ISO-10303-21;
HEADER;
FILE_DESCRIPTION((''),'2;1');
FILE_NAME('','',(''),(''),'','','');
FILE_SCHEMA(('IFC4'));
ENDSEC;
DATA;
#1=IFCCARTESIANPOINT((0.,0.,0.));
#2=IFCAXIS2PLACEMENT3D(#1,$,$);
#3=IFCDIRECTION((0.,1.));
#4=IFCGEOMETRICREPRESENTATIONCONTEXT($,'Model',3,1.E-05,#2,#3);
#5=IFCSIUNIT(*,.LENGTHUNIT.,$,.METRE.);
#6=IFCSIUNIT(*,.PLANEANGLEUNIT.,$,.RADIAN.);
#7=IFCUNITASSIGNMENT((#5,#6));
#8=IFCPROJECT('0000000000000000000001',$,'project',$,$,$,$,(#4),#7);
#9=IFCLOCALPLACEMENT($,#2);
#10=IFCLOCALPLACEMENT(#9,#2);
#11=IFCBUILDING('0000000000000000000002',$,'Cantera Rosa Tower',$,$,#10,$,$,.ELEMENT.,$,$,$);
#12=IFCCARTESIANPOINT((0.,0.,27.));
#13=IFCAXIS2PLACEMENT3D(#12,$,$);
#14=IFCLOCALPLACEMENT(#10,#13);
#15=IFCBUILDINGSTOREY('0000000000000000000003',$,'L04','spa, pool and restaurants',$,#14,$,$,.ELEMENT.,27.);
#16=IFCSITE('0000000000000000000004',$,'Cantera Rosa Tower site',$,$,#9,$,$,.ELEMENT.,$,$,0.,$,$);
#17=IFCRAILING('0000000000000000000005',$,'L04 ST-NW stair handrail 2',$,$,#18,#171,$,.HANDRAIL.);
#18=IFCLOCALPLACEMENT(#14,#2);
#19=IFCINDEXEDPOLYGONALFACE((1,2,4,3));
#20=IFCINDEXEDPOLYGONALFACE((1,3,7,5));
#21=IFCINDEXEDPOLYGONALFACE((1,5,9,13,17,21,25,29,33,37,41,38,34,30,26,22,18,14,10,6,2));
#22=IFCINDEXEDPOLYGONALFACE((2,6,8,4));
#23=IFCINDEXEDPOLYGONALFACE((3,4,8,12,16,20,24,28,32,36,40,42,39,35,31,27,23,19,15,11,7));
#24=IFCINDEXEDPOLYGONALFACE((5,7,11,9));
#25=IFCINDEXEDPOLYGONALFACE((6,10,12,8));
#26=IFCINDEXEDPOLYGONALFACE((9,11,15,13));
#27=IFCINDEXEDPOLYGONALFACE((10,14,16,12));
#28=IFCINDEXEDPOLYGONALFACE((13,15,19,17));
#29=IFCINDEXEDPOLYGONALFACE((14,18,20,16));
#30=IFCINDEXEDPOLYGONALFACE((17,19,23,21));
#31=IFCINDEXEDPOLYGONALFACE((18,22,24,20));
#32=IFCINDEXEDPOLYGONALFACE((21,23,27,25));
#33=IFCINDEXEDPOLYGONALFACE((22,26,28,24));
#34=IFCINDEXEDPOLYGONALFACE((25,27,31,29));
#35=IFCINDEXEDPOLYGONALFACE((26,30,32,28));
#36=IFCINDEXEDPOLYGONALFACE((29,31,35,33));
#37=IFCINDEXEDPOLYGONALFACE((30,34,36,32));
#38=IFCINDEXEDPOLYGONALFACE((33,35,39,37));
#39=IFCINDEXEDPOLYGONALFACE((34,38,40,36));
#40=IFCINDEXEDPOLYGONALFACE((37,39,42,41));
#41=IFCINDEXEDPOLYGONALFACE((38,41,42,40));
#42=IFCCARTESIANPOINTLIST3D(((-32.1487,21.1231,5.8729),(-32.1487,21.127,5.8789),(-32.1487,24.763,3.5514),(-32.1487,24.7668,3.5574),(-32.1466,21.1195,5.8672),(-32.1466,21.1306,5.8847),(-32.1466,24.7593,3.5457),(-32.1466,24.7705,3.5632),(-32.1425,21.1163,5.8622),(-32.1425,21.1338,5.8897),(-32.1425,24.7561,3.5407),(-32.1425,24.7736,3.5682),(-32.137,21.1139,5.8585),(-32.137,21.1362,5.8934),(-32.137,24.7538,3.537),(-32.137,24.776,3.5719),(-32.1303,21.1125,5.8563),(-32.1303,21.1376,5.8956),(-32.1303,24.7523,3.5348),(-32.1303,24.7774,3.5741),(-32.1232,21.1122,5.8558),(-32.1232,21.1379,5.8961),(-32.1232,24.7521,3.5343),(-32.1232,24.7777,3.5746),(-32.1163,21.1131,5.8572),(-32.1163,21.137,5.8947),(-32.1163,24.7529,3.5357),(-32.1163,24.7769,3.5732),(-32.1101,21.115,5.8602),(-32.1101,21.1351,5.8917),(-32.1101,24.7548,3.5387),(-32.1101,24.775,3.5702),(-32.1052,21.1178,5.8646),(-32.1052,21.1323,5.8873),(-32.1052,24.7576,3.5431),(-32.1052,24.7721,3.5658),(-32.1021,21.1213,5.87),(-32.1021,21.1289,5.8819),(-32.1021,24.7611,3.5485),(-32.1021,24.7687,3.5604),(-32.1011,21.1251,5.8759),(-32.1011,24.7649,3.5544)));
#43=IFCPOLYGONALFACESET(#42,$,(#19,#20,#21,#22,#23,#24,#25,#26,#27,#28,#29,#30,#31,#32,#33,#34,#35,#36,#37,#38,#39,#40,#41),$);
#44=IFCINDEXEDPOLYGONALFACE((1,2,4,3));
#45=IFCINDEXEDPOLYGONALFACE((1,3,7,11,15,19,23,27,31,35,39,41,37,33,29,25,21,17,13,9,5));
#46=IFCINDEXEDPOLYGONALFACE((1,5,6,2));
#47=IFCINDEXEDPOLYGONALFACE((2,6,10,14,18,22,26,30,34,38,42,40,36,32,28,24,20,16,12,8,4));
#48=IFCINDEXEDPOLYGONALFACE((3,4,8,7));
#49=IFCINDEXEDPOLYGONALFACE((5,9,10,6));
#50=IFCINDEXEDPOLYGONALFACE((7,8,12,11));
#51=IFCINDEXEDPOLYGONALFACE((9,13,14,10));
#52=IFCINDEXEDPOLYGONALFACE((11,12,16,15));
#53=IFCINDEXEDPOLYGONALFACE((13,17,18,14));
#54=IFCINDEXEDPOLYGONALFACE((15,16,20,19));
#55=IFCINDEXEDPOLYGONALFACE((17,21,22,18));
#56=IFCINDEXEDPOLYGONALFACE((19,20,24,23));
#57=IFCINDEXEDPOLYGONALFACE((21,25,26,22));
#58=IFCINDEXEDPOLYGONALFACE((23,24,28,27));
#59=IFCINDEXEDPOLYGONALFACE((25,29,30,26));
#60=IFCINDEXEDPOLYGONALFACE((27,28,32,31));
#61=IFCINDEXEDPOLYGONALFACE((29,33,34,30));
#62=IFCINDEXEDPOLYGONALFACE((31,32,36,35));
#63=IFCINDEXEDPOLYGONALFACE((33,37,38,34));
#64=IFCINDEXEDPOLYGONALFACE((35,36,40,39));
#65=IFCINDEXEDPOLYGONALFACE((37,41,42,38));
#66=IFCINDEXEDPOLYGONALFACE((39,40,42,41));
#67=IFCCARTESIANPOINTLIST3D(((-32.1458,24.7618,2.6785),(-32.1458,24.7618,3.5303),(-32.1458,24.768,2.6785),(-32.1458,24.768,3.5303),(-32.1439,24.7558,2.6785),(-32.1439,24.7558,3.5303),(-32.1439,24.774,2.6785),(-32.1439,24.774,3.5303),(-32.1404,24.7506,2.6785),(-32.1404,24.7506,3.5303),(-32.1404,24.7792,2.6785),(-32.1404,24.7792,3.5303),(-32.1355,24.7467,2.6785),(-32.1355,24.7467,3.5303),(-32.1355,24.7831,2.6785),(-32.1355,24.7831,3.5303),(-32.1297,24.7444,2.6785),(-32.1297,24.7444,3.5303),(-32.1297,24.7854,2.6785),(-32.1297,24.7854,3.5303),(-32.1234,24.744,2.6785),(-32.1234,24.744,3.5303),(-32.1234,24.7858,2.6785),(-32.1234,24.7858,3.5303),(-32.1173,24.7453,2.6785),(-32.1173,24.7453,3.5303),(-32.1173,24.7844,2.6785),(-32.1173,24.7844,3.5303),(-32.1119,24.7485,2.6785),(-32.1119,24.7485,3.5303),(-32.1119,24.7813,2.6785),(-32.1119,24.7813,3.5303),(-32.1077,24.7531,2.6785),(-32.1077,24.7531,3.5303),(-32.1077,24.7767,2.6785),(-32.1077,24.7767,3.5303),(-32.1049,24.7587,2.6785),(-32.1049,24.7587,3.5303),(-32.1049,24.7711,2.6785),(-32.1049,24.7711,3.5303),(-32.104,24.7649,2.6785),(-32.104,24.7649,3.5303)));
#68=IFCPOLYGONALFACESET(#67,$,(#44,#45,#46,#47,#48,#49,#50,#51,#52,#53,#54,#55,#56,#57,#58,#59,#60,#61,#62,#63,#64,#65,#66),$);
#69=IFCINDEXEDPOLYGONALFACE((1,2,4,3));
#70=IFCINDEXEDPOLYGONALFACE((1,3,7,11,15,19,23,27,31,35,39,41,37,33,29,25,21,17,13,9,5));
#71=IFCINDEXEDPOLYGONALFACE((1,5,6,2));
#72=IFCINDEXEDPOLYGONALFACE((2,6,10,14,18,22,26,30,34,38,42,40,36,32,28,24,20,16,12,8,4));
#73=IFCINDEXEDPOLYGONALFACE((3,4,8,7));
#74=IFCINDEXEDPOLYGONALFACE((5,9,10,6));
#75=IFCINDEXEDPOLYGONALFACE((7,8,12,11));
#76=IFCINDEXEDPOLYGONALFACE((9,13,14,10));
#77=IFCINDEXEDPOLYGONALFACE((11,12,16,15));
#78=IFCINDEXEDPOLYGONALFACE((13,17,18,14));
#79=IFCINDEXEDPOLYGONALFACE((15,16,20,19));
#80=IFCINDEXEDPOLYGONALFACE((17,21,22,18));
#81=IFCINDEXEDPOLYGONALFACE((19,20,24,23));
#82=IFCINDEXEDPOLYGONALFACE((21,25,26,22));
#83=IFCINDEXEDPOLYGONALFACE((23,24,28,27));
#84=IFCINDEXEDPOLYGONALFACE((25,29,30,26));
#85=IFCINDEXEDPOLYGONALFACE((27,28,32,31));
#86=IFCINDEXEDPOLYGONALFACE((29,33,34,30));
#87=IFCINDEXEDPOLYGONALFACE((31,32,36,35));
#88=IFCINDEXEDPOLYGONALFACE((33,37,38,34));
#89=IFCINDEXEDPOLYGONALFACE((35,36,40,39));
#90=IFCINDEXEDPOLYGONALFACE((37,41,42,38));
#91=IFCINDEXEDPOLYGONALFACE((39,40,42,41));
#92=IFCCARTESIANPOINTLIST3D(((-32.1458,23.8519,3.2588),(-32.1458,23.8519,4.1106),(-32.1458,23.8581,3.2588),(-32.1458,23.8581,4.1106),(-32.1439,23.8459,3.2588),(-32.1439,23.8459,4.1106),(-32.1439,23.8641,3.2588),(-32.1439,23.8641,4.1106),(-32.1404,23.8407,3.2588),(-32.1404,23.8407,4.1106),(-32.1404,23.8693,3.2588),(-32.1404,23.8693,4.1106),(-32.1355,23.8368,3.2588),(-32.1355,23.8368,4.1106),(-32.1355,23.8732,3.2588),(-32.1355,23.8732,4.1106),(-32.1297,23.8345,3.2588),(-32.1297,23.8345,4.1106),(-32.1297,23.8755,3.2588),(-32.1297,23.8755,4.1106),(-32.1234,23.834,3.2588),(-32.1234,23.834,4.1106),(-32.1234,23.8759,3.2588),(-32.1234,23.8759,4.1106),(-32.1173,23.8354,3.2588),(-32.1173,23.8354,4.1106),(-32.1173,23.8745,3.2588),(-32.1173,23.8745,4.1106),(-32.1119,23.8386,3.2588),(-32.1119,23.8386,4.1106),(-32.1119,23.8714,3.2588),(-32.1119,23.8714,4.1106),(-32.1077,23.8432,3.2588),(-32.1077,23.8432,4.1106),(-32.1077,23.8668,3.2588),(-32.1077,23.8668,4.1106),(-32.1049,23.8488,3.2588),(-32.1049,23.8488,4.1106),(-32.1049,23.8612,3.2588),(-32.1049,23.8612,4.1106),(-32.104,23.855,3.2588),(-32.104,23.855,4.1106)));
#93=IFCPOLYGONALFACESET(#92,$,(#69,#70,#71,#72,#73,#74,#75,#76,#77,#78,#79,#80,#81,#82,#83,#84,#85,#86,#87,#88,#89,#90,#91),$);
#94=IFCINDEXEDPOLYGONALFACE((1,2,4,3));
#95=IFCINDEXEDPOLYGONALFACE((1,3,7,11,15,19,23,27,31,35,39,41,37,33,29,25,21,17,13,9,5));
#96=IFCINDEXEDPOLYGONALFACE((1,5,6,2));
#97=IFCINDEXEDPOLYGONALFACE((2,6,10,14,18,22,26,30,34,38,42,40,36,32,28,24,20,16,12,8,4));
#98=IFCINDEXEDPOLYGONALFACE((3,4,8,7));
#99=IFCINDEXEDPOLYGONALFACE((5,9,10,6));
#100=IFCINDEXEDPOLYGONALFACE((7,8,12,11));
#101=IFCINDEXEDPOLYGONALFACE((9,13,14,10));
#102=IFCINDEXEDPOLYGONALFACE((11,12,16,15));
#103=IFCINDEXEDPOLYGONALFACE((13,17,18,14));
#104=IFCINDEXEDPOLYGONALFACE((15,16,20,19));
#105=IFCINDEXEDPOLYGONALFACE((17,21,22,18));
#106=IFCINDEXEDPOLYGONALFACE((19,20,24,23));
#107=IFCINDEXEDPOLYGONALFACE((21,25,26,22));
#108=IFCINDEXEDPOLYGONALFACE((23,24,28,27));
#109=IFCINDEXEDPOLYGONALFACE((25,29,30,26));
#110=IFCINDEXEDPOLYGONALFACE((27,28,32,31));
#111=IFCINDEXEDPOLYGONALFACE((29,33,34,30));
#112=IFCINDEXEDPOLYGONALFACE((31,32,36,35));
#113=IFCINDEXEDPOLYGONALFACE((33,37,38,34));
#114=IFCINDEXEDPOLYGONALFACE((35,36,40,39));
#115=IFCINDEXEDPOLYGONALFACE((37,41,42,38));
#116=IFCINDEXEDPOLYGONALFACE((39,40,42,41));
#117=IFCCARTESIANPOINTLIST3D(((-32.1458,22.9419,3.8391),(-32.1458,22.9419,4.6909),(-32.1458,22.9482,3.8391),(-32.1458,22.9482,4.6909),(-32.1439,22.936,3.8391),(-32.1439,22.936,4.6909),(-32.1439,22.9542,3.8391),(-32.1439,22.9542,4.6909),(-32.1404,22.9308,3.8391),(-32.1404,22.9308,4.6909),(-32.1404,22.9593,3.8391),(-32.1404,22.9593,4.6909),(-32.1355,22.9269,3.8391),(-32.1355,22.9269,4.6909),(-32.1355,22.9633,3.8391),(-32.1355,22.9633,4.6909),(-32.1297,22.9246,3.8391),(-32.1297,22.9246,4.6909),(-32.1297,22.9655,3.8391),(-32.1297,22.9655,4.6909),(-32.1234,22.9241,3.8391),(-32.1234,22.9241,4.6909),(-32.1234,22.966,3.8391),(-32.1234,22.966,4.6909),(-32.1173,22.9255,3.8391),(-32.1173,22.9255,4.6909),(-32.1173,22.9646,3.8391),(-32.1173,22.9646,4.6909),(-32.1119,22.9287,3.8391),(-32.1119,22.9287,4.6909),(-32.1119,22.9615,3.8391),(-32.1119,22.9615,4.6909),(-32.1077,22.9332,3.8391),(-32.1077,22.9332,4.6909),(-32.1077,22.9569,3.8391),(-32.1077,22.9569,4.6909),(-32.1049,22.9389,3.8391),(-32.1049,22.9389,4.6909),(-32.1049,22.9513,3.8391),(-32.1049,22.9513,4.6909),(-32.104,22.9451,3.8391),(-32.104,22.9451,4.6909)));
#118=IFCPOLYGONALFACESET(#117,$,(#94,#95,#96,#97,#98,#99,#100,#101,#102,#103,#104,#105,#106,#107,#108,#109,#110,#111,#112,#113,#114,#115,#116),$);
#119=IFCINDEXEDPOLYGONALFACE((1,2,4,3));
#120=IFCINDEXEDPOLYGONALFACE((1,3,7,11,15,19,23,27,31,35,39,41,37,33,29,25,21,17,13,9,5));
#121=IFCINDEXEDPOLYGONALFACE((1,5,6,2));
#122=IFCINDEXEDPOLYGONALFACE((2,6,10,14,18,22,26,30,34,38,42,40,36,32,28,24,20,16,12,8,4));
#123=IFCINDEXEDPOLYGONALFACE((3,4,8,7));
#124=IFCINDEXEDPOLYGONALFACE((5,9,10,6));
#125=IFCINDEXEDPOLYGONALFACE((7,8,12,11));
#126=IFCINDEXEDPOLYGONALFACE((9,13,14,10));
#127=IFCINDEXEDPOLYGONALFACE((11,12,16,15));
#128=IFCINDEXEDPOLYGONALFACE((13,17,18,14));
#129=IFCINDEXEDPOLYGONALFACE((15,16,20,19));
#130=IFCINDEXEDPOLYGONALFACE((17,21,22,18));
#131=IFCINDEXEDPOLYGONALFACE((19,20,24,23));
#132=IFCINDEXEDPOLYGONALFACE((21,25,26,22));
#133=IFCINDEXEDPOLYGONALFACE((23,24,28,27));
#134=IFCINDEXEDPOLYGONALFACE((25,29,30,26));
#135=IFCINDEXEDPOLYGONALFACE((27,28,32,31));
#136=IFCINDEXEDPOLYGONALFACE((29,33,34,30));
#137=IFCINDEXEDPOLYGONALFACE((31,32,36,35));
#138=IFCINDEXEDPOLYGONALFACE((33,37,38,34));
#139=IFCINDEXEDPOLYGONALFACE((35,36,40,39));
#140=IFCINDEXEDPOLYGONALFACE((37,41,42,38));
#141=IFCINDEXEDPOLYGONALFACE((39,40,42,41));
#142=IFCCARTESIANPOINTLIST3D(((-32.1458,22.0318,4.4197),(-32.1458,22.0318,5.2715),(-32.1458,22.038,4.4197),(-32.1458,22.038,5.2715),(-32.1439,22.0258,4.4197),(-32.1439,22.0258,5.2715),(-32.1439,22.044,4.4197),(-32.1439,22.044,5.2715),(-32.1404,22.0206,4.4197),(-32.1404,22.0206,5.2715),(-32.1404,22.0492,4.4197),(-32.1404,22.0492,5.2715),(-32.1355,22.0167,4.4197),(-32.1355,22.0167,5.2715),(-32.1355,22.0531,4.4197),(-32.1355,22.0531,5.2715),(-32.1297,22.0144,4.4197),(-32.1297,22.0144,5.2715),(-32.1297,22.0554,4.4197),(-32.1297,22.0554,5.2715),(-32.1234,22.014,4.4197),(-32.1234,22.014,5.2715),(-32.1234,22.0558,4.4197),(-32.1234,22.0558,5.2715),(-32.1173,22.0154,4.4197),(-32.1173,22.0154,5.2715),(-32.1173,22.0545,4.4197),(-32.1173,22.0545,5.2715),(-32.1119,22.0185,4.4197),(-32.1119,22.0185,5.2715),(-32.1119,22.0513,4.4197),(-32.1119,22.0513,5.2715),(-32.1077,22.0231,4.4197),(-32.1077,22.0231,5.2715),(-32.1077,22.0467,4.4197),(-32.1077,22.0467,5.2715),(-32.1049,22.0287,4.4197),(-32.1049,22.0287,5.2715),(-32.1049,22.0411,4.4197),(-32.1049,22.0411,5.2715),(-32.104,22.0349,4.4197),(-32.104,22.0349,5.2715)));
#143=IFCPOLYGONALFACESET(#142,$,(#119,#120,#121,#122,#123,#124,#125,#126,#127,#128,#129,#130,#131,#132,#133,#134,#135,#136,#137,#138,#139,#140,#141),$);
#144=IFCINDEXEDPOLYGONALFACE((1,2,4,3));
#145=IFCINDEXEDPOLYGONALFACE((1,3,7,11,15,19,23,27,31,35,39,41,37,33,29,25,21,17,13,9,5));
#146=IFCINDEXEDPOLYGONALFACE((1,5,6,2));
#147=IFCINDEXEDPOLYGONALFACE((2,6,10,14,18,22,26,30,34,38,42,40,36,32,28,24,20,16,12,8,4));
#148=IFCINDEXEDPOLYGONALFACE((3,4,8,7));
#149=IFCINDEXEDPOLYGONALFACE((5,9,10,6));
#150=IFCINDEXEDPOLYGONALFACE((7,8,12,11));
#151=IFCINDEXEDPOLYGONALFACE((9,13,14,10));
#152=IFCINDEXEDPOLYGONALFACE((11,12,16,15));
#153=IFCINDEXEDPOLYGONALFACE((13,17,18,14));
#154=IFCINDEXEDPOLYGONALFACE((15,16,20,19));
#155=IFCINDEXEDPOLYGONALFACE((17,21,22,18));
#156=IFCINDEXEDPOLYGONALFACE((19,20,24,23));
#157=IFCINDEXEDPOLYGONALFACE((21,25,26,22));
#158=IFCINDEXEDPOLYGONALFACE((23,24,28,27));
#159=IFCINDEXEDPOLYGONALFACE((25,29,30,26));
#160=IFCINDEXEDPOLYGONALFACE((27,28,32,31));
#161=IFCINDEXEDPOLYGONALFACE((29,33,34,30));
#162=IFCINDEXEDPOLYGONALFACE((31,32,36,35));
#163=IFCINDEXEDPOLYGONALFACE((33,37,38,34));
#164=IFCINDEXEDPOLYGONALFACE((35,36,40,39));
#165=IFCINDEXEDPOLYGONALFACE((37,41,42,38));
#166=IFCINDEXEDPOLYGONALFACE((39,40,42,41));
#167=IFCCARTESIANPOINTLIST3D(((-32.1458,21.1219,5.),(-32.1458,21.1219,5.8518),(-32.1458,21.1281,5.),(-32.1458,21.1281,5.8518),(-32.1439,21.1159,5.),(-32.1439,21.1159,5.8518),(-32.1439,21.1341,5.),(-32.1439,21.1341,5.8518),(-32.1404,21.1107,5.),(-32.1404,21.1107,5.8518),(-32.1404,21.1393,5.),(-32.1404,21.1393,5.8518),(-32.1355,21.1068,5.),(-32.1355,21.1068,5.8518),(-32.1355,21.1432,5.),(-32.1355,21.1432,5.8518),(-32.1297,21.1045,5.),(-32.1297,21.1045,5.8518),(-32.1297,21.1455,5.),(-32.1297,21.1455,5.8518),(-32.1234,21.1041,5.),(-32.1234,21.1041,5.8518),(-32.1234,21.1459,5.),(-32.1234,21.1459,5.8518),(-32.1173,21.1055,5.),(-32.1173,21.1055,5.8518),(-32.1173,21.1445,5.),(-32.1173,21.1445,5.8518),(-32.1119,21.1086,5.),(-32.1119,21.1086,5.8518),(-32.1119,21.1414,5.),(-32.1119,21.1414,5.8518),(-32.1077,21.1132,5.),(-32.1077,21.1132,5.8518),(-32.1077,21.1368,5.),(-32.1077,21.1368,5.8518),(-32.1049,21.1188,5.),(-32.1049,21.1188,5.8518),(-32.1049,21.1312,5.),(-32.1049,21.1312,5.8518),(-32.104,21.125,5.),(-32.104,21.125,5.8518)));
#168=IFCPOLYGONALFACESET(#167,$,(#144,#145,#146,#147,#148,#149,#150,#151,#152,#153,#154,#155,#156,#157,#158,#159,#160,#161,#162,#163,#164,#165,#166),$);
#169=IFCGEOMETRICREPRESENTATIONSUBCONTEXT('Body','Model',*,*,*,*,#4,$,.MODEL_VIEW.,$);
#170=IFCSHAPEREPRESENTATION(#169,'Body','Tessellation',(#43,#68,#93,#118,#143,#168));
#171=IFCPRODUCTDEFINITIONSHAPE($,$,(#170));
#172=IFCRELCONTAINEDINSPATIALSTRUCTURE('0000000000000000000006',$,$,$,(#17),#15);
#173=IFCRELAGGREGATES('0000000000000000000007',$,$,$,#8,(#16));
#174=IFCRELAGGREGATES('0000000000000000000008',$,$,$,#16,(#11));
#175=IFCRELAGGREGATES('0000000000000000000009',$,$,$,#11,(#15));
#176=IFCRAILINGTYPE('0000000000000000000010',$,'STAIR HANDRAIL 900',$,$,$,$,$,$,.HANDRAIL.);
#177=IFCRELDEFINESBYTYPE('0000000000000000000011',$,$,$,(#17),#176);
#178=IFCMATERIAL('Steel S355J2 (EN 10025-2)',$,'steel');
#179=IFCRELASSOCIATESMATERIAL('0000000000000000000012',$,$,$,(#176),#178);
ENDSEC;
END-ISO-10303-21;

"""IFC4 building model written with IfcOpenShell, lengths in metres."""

from ifc_helpers import new_model, si_unit, direction, frame, origin, origin_2d, place, context, subcontext, project, spatial, circle, extrude, material, type_object, element, save


model = new_model("IFC4")

# Units and contexts
model_context = context("Model", 3, precision=1e-05, world=origin(), true_north=direction((0.0, 1.0)))
body_context = subcontext(model_context, "Body", "Model", "MODEL_VIEW")
ifc_project = project(units=[si_unit("LENGTHUNIT", "METRE"), si_unit("PLANEANGLEUNIT", "RADIAN")], contexts=[model_context])

# Site, building, storey
site_placement = place(None, origin())
site = spatial("IfcSite", under=ifc_project, at=site_placement, Name="Cantera Rosa Tower site", CompositionType="ELEMENT", RefElevation=0.0)
building_placement = place(site_placement, origin())
building = spatial("IfcBuilding", under=site, at=building_placement, Name="Cantera Rosa Tower", CompositionType="ELEMENT")
storey_placement = place(building_placement, frame((0.0, 0.0, 27.0)))
storey = spatial("IfcBuildingStorey", under=building, at=storey_placement, Name="L04", Description="spa, pool and restaurants", CompositionType="ELEMENT", Elevation=27.0)

# Railing
ifc_material_1 = material(Name="Steel S355J2 (EN 10025-2)", Category="steel")
railing_type_1 = type_object("IfcRailingType", Name="STAIR HANDRAIL 900", PredefinedType="HANDRAIL", material=ifc_material_1)
railing_1_placement = place(storey_placement, frame((-32.125, 24.7649, 2.6785)))
element("IfcRailing", 1, at=railing_1_placement, inside=storey, type_object=railing_type_1, Name="L04 ST-NW stair handrail 2", PredefinedType="HANDRAIL", context=body_context, shape_type="SweptSolid", body=[
    extrude(circle(Radius=0.0239, at=origin_2d()), frame((0.0, 0.0, 0.876), z_axis=(0.0, -0.843112, 0.537739), x_axis=(1.0, 0.0, 0.0)), (0.0, 0.0, 1.0), 4.3171),
    extrude(circle(Radius=0.021, at=origin_2d()), origin(), (0.0, 0.0, 1.0), 0.8518),
    extrude(circle(Radius=0.021, at=origin_2d()), frame((0.0, -0.9099, 0.5803)), (0.0, 0.0, 1.0), 0.8518),
    extrude(circle(Radius=0.021, at=origin_2d()), frame((0.0, -1.8198, 1.1606)), (0.0, 0.0, 1.0), 0.8518),
    extrude(circle(Radius=0.021, at=origin_2d()), frame((0.0, -2.73, 1.7412)), (0.0, 0.0, 1.0), 0.8518),
    extrude(circle(Radius=0.021, at=origin_2d()), frame((0.0, -3.6399, 2.3215)), (0.0, 0.0, 1.0), 0.8518),
])

save(model, "model.ifc")
